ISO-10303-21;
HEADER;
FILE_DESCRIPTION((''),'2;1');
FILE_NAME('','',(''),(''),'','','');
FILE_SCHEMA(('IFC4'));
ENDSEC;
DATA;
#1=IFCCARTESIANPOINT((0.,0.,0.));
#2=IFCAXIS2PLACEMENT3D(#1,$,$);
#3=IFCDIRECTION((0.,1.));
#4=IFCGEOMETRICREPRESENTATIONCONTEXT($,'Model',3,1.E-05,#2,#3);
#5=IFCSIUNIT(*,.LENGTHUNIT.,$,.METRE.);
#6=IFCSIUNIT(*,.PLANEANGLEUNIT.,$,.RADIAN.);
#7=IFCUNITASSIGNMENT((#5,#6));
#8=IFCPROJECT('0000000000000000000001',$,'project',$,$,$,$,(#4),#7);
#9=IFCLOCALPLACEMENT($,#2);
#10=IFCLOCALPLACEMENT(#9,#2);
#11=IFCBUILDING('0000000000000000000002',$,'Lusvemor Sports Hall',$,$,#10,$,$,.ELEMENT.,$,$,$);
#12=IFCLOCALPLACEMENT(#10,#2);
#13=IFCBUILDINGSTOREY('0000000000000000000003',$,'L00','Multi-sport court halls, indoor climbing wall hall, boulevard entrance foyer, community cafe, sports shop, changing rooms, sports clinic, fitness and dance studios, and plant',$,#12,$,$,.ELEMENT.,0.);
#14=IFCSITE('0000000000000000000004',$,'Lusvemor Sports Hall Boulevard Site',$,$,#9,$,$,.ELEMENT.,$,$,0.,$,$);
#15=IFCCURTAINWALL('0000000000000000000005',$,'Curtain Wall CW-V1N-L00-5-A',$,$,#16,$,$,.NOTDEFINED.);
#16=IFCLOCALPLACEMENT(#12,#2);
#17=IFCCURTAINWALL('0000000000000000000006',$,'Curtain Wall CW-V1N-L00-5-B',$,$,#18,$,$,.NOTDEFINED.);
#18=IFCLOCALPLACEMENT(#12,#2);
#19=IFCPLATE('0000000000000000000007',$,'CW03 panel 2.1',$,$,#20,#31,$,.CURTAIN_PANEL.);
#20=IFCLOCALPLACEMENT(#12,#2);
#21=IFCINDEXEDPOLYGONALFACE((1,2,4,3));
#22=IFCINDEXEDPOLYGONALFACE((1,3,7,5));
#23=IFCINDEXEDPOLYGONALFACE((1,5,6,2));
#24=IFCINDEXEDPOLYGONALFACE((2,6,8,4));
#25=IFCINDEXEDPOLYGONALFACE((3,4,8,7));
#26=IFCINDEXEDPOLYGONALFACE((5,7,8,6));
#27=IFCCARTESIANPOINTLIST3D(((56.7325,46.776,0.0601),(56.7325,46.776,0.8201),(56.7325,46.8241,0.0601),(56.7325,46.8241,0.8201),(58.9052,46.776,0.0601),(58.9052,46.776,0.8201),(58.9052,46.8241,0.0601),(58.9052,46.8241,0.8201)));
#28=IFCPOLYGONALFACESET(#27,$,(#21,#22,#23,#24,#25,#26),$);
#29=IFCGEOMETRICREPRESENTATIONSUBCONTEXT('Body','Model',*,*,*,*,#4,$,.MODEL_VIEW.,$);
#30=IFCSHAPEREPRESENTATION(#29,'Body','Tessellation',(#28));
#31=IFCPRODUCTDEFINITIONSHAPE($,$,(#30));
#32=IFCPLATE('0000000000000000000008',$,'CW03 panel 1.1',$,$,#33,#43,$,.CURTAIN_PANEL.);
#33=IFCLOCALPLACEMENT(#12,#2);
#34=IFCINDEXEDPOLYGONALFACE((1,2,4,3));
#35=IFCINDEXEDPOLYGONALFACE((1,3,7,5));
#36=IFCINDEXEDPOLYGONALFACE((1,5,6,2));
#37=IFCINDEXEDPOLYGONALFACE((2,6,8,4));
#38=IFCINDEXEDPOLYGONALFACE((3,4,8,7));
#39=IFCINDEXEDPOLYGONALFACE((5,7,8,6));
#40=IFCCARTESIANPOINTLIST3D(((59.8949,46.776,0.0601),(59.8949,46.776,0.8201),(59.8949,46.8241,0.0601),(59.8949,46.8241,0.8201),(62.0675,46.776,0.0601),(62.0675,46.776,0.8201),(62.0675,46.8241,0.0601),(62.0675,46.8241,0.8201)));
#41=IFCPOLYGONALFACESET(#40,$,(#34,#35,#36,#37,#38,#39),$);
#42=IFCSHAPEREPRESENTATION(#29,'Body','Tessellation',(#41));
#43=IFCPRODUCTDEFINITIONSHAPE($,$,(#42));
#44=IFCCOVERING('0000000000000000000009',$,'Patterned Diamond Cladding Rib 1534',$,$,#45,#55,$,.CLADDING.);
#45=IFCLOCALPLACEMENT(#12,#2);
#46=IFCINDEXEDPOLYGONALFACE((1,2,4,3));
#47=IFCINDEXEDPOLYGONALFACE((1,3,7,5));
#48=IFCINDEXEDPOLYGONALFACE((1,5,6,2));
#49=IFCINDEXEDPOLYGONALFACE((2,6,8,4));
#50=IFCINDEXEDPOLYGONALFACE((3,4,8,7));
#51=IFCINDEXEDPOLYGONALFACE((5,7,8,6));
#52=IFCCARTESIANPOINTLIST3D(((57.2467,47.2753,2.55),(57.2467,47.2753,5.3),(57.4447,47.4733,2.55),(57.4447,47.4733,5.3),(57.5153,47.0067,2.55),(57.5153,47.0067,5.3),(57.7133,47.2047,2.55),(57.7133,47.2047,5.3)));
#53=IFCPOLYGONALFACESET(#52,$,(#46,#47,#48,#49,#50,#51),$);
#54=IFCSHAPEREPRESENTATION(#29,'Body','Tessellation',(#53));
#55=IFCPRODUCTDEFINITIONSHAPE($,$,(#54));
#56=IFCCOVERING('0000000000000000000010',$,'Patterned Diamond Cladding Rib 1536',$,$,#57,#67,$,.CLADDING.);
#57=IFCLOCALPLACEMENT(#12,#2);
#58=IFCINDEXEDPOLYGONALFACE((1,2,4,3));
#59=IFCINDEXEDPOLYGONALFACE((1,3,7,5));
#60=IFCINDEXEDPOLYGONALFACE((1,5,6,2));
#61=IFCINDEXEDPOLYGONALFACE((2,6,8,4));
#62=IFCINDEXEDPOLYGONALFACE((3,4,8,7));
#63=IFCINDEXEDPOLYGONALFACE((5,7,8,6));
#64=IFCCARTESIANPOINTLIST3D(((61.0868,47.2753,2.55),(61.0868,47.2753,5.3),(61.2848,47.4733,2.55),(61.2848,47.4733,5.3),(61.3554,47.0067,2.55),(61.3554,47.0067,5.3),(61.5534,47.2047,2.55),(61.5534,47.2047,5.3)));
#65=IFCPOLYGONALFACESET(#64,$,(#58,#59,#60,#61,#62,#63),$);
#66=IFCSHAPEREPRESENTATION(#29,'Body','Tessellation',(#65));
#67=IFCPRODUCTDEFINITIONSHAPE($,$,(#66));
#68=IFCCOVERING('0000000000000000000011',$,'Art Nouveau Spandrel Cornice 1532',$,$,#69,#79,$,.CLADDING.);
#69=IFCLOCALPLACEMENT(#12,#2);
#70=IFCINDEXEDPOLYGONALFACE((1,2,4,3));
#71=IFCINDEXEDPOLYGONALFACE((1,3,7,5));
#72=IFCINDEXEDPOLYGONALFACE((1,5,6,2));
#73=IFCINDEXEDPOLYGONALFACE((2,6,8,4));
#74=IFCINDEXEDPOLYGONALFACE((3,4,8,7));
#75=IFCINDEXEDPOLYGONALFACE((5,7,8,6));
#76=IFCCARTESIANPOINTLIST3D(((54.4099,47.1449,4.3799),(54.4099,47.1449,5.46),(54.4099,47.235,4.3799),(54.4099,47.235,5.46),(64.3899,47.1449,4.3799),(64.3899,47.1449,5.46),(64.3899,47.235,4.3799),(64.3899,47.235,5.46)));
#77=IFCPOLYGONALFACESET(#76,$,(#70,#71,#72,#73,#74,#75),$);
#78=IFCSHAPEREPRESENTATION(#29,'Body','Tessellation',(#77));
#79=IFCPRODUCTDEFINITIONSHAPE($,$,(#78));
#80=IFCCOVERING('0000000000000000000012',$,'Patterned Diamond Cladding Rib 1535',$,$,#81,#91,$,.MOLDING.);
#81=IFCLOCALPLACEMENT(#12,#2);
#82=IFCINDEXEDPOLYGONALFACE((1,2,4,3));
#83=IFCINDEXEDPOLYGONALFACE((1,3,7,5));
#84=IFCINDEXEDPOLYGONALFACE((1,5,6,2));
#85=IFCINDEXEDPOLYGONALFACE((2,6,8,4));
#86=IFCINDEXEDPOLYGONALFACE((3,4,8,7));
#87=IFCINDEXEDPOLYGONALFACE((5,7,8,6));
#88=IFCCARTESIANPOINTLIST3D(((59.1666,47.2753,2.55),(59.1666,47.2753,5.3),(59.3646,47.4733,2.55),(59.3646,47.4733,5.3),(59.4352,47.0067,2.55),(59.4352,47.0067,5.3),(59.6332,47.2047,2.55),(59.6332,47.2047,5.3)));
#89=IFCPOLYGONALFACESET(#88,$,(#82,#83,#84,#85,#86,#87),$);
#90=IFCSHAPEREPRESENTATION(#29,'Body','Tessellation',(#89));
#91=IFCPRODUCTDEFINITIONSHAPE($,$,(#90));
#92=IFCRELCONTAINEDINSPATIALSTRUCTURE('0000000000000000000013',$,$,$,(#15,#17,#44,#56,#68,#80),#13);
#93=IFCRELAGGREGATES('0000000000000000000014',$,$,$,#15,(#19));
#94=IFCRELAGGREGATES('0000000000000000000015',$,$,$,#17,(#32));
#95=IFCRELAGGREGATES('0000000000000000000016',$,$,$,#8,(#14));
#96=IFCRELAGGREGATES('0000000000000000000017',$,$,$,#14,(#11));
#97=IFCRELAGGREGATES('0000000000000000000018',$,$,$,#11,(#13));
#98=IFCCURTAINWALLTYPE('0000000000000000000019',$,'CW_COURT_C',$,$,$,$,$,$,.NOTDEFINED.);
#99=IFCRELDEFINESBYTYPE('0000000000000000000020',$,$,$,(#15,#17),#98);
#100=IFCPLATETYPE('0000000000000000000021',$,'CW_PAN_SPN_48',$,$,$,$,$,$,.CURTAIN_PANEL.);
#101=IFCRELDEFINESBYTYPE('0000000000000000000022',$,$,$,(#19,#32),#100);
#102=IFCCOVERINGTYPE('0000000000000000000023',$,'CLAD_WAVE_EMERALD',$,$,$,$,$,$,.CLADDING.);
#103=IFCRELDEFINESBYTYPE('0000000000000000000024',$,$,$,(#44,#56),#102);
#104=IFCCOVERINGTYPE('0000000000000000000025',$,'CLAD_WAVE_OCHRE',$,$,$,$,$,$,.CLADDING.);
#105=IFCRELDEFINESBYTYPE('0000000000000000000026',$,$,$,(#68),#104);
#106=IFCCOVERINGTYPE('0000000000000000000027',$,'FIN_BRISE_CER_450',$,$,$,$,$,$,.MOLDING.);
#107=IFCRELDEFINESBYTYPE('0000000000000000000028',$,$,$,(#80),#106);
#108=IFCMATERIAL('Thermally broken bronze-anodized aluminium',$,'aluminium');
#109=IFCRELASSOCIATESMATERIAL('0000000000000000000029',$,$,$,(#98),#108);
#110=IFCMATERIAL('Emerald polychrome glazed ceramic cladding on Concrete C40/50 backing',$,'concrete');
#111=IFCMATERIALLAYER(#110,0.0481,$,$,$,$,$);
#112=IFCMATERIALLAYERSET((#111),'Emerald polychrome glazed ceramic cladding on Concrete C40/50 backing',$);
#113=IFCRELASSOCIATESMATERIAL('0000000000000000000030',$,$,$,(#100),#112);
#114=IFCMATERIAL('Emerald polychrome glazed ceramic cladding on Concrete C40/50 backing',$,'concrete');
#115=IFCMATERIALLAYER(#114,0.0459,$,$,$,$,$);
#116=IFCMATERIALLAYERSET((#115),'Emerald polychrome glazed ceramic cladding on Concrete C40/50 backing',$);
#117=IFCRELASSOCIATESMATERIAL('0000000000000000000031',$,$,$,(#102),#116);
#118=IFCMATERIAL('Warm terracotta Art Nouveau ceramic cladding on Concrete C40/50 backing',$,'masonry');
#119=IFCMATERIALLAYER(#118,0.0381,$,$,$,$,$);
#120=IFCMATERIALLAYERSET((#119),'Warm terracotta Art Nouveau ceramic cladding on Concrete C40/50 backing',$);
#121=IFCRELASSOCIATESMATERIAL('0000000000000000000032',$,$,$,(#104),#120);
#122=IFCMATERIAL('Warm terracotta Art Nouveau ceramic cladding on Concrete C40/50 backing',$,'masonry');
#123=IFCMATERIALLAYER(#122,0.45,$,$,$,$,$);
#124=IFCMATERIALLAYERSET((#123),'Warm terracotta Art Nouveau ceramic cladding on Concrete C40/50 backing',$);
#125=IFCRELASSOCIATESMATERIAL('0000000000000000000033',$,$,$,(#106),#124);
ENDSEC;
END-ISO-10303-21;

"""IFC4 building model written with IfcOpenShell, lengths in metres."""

from ifc_helpers import new_model, si_unit, direction, frame, origin, origin_2d, place, context, subcontext, project, spatial, rectangle, extrude, material, layer, layer_set, type_object, element, aggregate, save


model = new_model("IFC4")

# Units and contexts
model_context = context("Model", 3, precision=1e-05, world=origin(), true_north=direction((0.0, 1.0)))
body_context = subcontext(model_context, "Body", "Model", "MODEL_VIEW")
ifc_project = project(units=[si_unit("LENGTHUNIT", "METRE"), si_unit("PLANEANGLEUNIT", "RADIAN")], contexts=[model_context])

# Site, building, storey
site_placement = place(None, origin())
site = spatial("IfcSite", under=ifc_project, at=site_placement, Name="Lusvemor Sports Hall Boulevard Site", CompositionType="ELEMENT", RefElevation=0.0)
building_placement = place(site_placement, origin())
building = spatial("IfcBuilding", under=site, at=building_placement, Name="Lusvemor Sports Hall", CompositionType="ELEMENT")
storey_placement = place(building_placement, origin())
storey = spatial("IfcBuildingStorey", under=building, at=storey_placement, Name="L00", Description="Multi-sport court halls, indoor climbing wall hall, boulevard entrance foyer, community cafe, sports shop, changing rooms, sports clinic, fitness and dance studios, and plant", CompositionType="ELEMENT", Elevation=0.0)

# Curtain wall
ifc_material_1 = material(Name="Thermally broken bronze-anodized aluminium", Category="aluminium")
curtain_wall_type = type_object("IfcCurtainWallType", Name="CW_COURT_C", PredefinedType="NOTDEFINED", material=ifc_material_1)
curtain_wall_1_placement = place(storey_placement, origin())
curtain_wall_1 = element("IfcCurtainWall", 1, at=curtain_wall_1_placement, inside=storey, type_object=curtain_wall_type, Name="Curtain Wall CW-V1N-L00-5-A", PredefinedType="NOTDEFINED")

# Curtain wall
curtain_wall_2_placement = place(storey_placement, origin())
curtain_wall_2 = element("IfcCurtainWall", 2, at=curtain_wall_2_placement, inside=storey, type_object=curtain_wall_type, Name="Curtain Wall CW-V1N-L00-5-B", PredefinedType="NOTDEFINED")

# Plates
ifc_material_2 = material(Name="Emerald polychrome glazed ceramic cladding on Concrete C40/50 backing", Category="concrete")
ifc_layer_1 = layer(ifc_material_2, 0.0481)
ifc_layer_set_1 = layer_set([ifc_layer_1], Name="Emerald polychrome glazed ceramic cladding on Concrete C40/50 backing")
plate_type_1 = type_object("IfcPlateType", Name="CW_PAN_SPN_48", PredefinedType="CURTAIN_PANEL", material=ifc_layer_set_1)
plate_1_placement = place(storey_placement, frame((57.8188, 46.8, 0.0601), z_axis=(0.0, 0.0, 1.0), x_axis=(1.0, 0.0, 0.0)))
plate_1 = element("IfcPlate", 3, at=plate_1_placement, type_object=plate_type_1, Name="CW03 panel 2.1", PredefinedType="CURTAIN_PANEL", context=body_context, shape_type="SweptSolid", body=[
    extrude(rectangle(XDim=2.1726, YDim=0.0481, at=origin_2d()), origin(), (0.0, 0.0, 1.0), 0.76),
])
aggregate(curtain_wall_1, [plate_1])
plate_2_placement = place(storey_placement, frame((60.9812, 46.8, 0.0601), z_axis=(0.0, 0.0, 1.0), x_axis=(1.0, 0.0, 0.0)))
plate_2 = element("IfcPlate", 4, at=plate_2_placement, type_object=plate_type_1, Name="CW03 panel 1.1", PredefinedType="CURTAIN_PANEL", context=body_context, shape_type="SweptSolid", body=[
    extrude(rectangle(XDim=2.1726, YDim=0.0481, at=origin_2d()), origin(), (0.0, 0.0, 1.0), 0.76),
])
aggregate(curtain_wall_2, [plate_2])

# Coverings
ifc_material_3 = material(Name="Emerald polychrome glazed ceramic cladding on Concrete C40/50 backing", Category="concrete")
ifc_layer_2 = layer(ifc_material_3, 0.0459)
ifc_layer_set_2 = layer_set([ifc_layer_2], Name="Emerald polychrome glazed ceramic cladding on Concrete C40/50 backing")
covering_type_1 = type_object("IfcCoveringType", Name="CLAD_WAVE_EMERALD", PredefinedType="CLADDING", material=ifc_layer_set_2)
for number, where, z_axis, x_axis, name in (
    (5, (57.48, 47.24, 2.55), (0.0, 0.0, 1.0), (0.707107, 0.707107, 0.0), "Patterned Diamond Cladding Rib 1534"),
    (6, (61.3201, 47.24, 2.55), (0.0, 0.0, 1.0), (0.707107, 0.707107, 0.0), "Patterned Diamond Cladding Rib 1536"),
):
    element("IfcCovering", number, at=place(storey_placement, frame(where, z_axis=z_axis, x_axis=x_axis)), inside=storey, type_object=covering_type_1, Name=name, PredefinedType="CLADDING", context=body_context, shape_type="SweptSolid", body=[
        extrude(rectangle(XDim=0.28, YDim=0.3799, at=origin_2d()), origin(), (0.0, 0.0, 1.0), 2.75),
    ])
ifc_material_4 = material(Name="Warm terracotta Art Nouveau ceramic cladding on Concrete C40/50 backing", Category="masonry")
ifc_layer_3 = layer(ifc_material_4, 0.0381)
ifc_layer_set_3 = layer_set([ifc_layer_3], Name="Warm terracotta Art Nouveau ceramic cladding on Concrete C40/50 backing")
covering_type_2 = type_object("IfcCoveringType", Name="CLAD_WAVE_OCHRE", PredefinedType="CLADDING", material=ifc_layer_set_3)
covering_1_placement = place(storey_placement, frame((59.3999, 47.1899, 4.3799), z_axis=(0.0, 0.0, 1.0), x_axis=(1.0, 0.0, 0.0)))
element("IfcCovering", 7, at=covering_1_placement, inside=storey, type_object=covering_type_2, Name="Art Nouveau Spandrel Cornice 1532", PredefinedType="CLADDING", context=body_context, shape_type="SweptSolid", body=[
    extrude(rectangle(XDim=9.98, YDim=0.0901, at=origin_2d()), origin(), (0.0, 0.0, 1.0), 1.0801),
])
ifc_material_5 = material(Name="Warm terracotta Art Nouveau ceramic cladding on Concrete C40/50 backing", Category="masonry")
ifc_layer_4 = layer(ifc_material_5, 0.45)
ifc_layer_set_4 = layer_set([ifc_layer_4], Name="Warm terracotta Art Nouveau ceramic cladding on Concrete C40/50 backing")
covering_type_3 = type_object("IfcCoveringType", Name="FIN_BRISE_CER_450", PredefinedType="MOLDING", material=ifc_layer_set_4)
covering_2_placement = place(storey_placement, frame((59.3999, 47.24, 2.55), z_axis=(0.0, 0.0, 1.0), x_axis=(0.707107, 0.707107, 0.0)))
element("IfcCovering", 8, at=covering_2_placement, inside=storey, type_object=covering_type_3, Name="Patterned Diamond Cladding Rib 1535", PredefinedType="MOLDING", context=body_context, shape_type="SweptSolid", body=[
    extrude(rectangle(XDim=0.28, YDim=0.3799, at=origin_2d()), origin(), (0.0, 0.0, 1.0), 2.75),
])

save(model, "model.ifc")
